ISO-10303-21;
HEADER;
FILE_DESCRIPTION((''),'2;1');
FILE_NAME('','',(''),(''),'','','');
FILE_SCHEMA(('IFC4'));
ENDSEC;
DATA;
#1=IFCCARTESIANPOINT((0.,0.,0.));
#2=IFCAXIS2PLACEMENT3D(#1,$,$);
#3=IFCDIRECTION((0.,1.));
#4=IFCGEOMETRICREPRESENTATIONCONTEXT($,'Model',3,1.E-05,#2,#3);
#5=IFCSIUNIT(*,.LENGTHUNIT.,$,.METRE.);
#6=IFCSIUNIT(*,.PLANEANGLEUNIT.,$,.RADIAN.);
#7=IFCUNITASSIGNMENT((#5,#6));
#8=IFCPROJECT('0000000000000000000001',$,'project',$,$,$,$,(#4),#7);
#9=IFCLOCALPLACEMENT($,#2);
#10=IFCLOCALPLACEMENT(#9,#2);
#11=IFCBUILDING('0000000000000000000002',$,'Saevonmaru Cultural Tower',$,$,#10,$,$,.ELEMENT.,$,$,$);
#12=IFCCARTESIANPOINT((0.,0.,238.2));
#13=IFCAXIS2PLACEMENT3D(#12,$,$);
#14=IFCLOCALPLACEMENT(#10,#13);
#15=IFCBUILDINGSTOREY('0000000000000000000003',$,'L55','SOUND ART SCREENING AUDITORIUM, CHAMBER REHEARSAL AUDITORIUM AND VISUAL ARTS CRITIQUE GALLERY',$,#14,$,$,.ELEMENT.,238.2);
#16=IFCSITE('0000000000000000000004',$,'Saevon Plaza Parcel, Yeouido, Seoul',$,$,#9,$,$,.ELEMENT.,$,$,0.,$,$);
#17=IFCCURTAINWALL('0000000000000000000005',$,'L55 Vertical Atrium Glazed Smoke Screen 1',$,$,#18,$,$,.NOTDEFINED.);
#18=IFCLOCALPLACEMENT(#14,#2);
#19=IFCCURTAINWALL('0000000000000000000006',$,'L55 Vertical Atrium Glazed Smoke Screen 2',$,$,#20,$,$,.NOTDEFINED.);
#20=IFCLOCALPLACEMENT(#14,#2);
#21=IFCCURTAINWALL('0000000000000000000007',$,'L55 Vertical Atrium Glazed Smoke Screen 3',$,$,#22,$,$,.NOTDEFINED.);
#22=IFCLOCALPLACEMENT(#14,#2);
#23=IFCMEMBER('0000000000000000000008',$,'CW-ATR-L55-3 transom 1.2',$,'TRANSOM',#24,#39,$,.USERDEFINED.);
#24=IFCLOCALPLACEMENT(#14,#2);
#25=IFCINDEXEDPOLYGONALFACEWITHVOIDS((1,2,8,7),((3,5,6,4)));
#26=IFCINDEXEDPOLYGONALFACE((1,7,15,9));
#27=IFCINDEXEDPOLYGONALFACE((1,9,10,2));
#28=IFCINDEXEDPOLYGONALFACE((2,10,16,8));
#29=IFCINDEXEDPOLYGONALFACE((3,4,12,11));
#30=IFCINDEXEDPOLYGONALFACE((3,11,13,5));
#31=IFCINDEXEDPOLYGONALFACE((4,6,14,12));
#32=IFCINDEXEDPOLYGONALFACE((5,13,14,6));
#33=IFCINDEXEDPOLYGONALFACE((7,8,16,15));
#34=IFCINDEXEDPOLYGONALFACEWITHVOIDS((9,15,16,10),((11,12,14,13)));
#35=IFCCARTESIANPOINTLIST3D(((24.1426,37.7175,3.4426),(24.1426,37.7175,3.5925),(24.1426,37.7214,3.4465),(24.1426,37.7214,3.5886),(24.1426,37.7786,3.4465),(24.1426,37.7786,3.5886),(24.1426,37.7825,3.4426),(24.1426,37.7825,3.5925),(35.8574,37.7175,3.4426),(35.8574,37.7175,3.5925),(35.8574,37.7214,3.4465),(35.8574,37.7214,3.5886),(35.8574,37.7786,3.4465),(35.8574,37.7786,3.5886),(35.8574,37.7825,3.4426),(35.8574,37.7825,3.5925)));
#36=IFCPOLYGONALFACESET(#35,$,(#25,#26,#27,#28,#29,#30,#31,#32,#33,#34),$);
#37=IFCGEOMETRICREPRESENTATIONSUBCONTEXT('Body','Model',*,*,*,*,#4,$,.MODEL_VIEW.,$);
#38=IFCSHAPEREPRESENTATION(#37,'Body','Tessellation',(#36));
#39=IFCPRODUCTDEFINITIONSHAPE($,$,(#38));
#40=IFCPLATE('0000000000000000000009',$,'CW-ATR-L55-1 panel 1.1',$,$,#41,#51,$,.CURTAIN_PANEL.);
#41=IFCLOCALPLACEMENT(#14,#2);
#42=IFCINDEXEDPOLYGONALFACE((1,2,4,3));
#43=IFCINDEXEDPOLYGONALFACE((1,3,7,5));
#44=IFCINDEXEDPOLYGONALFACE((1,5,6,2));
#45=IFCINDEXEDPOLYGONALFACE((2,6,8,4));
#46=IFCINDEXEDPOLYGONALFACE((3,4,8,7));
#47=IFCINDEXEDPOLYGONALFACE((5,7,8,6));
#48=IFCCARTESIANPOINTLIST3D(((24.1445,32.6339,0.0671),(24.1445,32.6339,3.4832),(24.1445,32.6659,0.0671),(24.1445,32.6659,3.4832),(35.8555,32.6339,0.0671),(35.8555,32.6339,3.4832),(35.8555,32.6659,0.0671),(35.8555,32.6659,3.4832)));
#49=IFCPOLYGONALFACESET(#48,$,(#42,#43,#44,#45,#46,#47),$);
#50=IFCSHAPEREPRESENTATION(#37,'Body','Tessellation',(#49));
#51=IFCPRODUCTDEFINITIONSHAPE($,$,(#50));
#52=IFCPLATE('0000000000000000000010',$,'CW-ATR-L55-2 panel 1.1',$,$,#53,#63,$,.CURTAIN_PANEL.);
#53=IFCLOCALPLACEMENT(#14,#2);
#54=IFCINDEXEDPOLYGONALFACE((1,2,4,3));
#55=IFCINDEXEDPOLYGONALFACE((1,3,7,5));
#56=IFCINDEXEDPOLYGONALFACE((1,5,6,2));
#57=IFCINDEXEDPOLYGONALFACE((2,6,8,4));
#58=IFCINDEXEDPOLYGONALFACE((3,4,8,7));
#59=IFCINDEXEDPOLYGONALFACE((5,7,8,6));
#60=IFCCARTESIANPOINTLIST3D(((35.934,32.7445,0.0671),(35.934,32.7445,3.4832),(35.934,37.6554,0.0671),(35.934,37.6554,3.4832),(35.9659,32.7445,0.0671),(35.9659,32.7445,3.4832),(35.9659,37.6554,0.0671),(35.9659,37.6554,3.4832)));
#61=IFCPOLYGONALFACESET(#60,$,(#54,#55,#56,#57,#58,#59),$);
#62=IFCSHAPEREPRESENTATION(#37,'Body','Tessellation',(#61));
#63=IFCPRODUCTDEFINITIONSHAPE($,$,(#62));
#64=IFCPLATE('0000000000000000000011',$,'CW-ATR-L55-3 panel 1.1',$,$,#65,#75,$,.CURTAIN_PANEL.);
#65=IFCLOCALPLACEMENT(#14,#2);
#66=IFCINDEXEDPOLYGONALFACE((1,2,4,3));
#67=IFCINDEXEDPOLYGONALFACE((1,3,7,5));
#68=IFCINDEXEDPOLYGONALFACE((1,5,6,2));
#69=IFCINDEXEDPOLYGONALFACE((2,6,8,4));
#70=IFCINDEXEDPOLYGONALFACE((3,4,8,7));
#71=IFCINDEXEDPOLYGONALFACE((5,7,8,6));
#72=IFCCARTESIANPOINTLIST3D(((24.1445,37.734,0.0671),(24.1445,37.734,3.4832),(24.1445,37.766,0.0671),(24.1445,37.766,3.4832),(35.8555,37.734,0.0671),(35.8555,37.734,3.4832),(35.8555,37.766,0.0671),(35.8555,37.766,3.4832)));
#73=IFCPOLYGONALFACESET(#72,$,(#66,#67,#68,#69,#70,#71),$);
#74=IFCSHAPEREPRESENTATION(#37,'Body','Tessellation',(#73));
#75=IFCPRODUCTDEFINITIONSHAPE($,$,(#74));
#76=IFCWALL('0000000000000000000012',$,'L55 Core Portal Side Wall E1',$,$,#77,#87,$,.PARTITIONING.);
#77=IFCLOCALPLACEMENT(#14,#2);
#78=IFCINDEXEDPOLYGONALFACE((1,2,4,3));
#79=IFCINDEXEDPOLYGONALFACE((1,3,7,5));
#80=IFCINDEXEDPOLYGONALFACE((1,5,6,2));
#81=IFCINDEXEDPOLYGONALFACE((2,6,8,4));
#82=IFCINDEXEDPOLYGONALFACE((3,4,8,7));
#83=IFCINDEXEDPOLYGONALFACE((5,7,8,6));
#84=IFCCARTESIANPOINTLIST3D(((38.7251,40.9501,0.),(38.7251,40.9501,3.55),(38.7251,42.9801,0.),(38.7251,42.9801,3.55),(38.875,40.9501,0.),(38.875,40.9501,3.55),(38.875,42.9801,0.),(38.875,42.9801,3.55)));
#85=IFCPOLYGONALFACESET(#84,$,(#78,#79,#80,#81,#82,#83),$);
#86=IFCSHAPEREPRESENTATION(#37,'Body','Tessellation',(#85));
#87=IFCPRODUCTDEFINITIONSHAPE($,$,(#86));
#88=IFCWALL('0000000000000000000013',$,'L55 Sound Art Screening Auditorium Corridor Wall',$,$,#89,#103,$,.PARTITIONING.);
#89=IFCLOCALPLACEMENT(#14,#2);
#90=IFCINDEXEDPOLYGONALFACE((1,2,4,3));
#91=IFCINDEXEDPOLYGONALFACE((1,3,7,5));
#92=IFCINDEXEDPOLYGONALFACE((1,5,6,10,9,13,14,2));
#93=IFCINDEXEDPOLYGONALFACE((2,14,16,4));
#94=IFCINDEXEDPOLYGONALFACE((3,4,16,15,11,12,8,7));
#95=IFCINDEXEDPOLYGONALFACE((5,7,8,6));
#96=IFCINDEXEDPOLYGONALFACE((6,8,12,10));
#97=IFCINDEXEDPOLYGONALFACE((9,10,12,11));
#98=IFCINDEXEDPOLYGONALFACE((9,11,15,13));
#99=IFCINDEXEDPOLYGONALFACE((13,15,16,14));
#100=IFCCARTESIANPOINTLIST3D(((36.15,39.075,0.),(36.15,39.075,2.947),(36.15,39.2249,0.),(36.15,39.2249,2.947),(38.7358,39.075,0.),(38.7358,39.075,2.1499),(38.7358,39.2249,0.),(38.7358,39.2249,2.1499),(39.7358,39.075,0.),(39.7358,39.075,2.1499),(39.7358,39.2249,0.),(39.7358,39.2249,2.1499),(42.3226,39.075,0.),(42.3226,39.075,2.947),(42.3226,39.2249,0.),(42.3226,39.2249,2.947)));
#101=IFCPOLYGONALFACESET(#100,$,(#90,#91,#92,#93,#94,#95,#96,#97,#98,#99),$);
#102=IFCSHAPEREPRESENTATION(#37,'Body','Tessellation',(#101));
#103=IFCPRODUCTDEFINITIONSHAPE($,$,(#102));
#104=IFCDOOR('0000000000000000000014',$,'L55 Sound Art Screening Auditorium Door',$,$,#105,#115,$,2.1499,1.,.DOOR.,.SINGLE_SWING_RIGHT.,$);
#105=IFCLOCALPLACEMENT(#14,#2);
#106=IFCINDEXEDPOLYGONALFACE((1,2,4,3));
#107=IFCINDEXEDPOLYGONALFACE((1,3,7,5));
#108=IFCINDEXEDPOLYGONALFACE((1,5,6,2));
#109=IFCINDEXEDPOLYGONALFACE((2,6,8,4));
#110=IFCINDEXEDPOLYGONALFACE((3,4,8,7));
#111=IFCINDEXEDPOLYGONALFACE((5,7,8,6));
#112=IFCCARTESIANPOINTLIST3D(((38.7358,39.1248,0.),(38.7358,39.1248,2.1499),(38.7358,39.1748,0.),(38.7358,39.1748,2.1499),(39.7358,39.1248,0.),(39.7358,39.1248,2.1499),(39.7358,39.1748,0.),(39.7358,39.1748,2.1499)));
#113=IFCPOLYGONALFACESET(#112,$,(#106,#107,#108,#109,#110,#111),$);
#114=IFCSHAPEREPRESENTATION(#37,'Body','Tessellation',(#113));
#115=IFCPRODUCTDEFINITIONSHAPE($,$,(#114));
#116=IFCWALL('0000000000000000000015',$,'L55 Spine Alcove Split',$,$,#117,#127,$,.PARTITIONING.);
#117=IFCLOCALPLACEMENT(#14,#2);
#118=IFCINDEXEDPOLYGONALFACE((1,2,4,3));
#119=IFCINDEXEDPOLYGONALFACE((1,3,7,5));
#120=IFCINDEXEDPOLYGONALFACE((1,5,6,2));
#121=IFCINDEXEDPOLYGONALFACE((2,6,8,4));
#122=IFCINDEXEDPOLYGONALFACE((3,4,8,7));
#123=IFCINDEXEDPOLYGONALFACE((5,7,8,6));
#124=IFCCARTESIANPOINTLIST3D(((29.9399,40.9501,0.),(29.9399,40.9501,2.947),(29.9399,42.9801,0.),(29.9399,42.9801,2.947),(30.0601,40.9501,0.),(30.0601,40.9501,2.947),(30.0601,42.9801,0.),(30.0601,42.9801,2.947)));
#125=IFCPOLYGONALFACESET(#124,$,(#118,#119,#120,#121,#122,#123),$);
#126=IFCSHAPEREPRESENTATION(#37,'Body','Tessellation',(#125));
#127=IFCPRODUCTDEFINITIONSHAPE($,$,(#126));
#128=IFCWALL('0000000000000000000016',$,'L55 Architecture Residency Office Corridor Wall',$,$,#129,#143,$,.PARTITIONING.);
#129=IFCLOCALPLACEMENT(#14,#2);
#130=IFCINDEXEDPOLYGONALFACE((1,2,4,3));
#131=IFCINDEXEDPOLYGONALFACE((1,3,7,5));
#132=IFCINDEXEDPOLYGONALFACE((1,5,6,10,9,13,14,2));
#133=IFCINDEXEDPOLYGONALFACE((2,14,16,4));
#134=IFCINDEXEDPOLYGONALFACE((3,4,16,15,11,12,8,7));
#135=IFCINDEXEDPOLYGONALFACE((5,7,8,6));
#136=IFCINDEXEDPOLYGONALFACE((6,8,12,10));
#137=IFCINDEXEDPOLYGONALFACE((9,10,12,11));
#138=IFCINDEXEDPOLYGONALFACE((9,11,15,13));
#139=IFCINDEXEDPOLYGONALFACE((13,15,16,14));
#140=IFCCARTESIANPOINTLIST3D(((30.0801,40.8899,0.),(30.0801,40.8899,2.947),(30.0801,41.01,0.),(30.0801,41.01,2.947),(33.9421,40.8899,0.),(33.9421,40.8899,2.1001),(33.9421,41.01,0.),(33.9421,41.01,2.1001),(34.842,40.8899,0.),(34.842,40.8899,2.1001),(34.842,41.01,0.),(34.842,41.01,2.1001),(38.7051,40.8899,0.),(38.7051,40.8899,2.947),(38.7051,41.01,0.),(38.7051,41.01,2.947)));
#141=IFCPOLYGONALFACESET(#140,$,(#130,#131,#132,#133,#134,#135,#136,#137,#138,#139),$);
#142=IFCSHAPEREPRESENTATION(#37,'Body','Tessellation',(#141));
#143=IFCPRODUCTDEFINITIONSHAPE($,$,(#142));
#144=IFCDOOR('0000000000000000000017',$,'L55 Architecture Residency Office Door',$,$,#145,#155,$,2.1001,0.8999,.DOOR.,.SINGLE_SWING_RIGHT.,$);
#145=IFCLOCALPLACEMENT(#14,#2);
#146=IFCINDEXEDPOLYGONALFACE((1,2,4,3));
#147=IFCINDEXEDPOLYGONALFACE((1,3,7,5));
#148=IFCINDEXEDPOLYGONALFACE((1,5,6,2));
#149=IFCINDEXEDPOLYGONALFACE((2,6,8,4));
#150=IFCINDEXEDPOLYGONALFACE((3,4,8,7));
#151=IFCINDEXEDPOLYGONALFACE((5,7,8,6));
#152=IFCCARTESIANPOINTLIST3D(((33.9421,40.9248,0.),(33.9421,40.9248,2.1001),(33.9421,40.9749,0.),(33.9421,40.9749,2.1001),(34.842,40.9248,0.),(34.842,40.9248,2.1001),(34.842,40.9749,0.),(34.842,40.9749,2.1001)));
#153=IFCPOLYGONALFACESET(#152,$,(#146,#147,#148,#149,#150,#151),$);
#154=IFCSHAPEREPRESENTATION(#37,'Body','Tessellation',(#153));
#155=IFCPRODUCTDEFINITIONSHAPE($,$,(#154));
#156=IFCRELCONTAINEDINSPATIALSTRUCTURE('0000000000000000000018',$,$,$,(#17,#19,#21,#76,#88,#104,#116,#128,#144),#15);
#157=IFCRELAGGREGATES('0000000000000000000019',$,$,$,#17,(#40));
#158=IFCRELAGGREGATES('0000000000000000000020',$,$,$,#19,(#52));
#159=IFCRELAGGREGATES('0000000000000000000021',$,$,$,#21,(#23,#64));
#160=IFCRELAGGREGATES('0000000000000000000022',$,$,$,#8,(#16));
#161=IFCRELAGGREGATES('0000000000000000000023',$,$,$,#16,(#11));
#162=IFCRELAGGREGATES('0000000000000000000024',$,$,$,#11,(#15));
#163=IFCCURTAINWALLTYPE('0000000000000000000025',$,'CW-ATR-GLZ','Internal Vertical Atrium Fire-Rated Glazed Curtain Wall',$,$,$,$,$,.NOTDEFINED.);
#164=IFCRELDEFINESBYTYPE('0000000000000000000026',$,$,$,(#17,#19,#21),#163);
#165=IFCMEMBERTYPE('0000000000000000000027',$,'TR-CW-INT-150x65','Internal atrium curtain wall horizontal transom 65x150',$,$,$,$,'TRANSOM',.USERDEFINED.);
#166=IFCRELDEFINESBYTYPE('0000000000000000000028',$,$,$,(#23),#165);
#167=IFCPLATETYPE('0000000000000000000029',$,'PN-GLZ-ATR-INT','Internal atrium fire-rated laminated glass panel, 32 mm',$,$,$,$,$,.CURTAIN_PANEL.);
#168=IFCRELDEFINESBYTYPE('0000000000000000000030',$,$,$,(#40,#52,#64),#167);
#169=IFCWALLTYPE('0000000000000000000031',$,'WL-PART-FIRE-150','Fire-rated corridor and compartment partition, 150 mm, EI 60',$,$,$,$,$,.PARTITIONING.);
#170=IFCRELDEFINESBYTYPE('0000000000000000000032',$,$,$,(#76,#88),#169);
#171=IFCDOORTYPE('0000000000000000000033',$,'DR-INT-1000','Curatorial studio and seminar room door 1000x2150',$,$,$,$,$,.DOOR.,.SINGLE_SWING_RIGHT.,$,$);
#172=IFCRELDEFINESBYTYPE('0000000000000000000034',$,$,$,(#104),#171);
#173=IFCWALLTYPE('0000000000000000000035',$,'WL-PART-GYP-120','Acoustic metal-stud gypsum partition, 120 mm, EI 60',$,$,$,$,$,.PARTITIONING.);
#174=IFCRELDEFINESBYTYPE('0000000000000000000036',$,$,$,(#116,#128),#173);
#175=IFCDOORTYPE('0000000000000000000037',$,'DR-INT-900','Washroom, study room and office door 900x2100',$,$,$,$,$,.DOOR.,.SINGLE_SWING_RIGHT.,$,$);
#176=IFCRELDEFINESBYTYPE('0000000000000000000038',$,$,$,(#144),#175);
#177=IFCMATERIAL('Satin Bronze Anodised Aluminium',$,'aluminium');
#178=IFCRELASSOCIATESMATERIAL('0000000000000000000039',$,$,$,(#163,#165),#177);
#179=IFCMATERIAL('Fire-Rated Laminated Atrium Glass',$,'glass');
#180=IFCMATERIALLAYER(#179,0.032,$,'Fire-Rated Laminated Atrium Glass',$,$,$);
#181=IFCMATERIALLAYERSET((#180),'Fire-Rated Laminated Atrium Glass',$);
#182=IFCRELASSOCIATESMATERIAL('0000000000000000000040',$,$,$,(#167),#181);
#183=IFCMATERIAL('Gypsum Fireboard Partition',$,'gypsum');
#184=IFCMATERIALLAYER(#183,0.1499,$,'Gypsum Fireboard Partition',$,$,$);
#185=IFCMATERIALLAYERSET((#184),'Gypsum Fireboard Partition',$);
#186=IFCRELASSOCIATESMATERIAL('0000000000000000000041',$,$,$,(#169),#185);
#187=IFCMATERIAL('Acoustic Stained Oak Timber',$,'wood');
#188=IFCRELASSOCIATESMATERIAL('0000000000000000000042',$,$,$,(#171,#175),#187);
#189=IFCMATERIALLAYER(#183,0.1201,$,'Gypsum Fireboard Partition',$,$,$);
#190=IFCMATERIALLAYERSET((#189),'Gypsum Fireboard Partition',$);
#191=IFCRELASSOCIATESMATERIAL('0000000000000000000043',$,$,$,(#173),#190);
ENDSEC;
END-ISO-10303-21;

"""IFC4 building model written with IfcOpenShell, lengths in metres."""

from ifc_helpers import new_model, si_unit, direction, frame, frame_2d, origin, origin_2d, place, context, subcontext, project, spatial, rectangle, hollow_rectangle, extrude, material, layer, layer_set, material_profile, profile_set, type_object, element, fill, aggregate, save


model = new_model("IFC4")

# Units and contexts
model_context = context("Model", 3, precision=1e-05, world=origin(), true_north=direction((0.0, 1.0)))
body_context = subcontext(model_context, "Body", "Model", "MODEL_VIEW")
ifc_project = project(units=[si_unit("LENGTHUNIT", "METRE"), si_unit("PLANEANGLEUNIT", "RADIAN")], contexts=[model_context])

# Site, building, storey
site_placement = place(None, origin())
site = spatial("IfcSite", under=ifc_project, at=site_placement, Name="Saevon Plaza Parcel, Yeouido, Seoul", CompositionType="ELEMENT", RefElevation=0.0)
building_placement = place(site_placement, origin())
building = spatial("IfcBuilding", under=site, at=building_placement, Name="Saevonmaru Cultural Tower", CompositionType="ELEMENT")
storey_placement = place(building_placement, frame((0.0, 0.0, 238.2)))
storey = spatial("IfcBuildingStorey", under=building, at=storey_placement, Name="L55", Description="SOUND ART SCREENING AUDITORIUM, CHAMBER REHEARSAL AUDITORIUM AND VISUAL ARTS CRITIQUE GALLERY", CompositionType="ELEMENT", Elevation=238.2)

# Curtain wall
ifc_material_1 = material(Name="Satin Bronze Anodised Aluminium", Category="aluminium")
curtain_wall_type = type_object("IfcCurtainWallType", Name="CW-ATR-GLZ", Description="Internal Vertical Atrium Fire-Rated Glazed Curtain Wall", PredefinedType="NOTDEFINED", material=ifc_material_1)
curtain_wall_1_placement = place(storey_placement, origin())
curtain_wall_1 = element("IfcCurtainWall", 1, at=curtain_wall_1_placement, inside=storey, type_object=curtain_wall_type, Name="L55 Vertical Atrium Glazed Smoke Screen 1", PredefinedType="NOTDEFINED")

# Curtain walls
curtain_wall_2_placement = place(storey_placement, origin())
curtain_wall_2 = element("IfcCurtainWall", 2, at=curtain_wall_2_placement, inside=storey, type_object=curtain_wall_type, Name="L55 Vertical Atrium Glazed Smoke Screen 2", PredefinedType="NOTDEFINED")
curtain_wall_3_placement = place(storey_placement, origin())
curtain_wall_3 = element("IfcCurtainWall", 3, at=curtain_wall_3_placement, inside=storey, type_object=curtain_wall_type, Name="L55 Vertical Atrium Glazed Smoke Screen 3", PredefinedType="NOTDEFINED")

# Member
ifc_material_profile_1 = material_profile(ifc_material_1, hollow_rectangle(XDim=0.0649, YDim=0.1499, WallThickness=0.0039, at=origin_2d()), Name="ALU-TRAN-150x65x4")
ifc_profile_set_1 = profile_set([ifc_material_profile_1], Name="Satin Bronze Anodised Aluminium")
member_type_1 = type_object("IfcMemberType", Name="TR-CW-INT-150x65", Description="Internal atrium curtain wall horizontal transom 65x150", ElementType="TRANSOM", PredefinedType="USERDEFINED", material=ifc_profile_set_1)
member_1_placement = place(storey_placement, frame((35.8574, 37.75, 3.5176), z_axis=(-1.0, 0.0, 0.0), x_axis=(0.0, -1.0, 0.0)))
member_1 = element("IfcMember", 4, at=member_1_placement, type_object=member_type_1, Name="CW-ATR-L55-3 transom 1.2", ObjectType="TRANSOM", PredefinedType="USERDEFINED", context=body_context, shape_type="SweptSolid", body=[
    extrude(hollow_rectangle(XDim=0.0649, YDim=0.1499, WallThickness=0.0039, at=origin_2d()), origin(), (0.0, 0.0, 1.0), 11.7148),
])

# Plates
ifc_material_2 = material(Name="Fire-Rated Laminated Atrium Glass", Category="glass")
ifc_layer_1 = layer(ifc_material_2, 0.032, Name="Fire-Rated Laminated Atrium Glass")
ifc_layer_set_1 = layer_set([ifc_layer_1], Name="Fire-Rated Laminated Atrium Glass")
plate_type = type_object("IfcPlateType", Name="PN-GLZ-ATR-INT", Description="Internal atrium fire-rated laminated glass panel, 32 mm", PredefinedType="CURTAIN_PANEL", material=ifc_layer_set_1)
plate_1_placement = place(storey_placement, frame((30.0, 32.6499, 0.0671), z_axis=(0.0, 0.0, 1.0), x_axis=(1.0, 0.0, 0.0)))
plate_1 = element("IfcPlate", 5, at=plate_1_placement, type_object=plate_type, Name="CW-ATR-L55-1 panel 1.1", PredefinedType="CURTAIN_PANEL", context=body_context, shape_type="SweptSolid", body=[
    extrude(rectangle(XDim=11.7109, YDim=0.032, at=origin_2d()), origin(), (0.0, 0.0, 1.0), 3.416),
])
aggregate(curtain_wall_1, [plate_1])
plate_2_placement = place(storey_placement, frame((35.95, 35.2, 0.0671), z_axis=(0.0, 0.0, 1.0), x_axis=(0.0, 1.0, 0.0)))
plate_2 = element("IfcPlate", 6, at=plate_2_placement, type_object=plate_type, Name="CW-ATR-L55-2 panel 1.1", PredefinedType="CURTAIN_PANEL", context=body_context, shape_type="SweptSolid", body=[
    extrude(rectangle(XDim=4.9109, YDim=0.032, at=origin_2d()), origin(), (0.0, 0.0, 1.0), 3.416),
])
aggregate(curtain_wall_2, [plate_2])
plate_3_placement = place(storey_placement, frame((30.0, 37.75, 0.0671), z_axis=(0.0, 0.0, 1.0), x_axis=(-1.0, 0.0, 0.0)))
plate_3 = element("IfcPlate", 7, at=plate_3_placement, type_object=plate_type, Name="CW-ATR-L55-3 panel 1.1", PredefinedType="CURTAIN_PANEL", context=body_context, shape_type="SweptSolid", body=[
    extrude(rectangle(XDim=11.7109, YDim=0.032, at=origin_2d()), origin(), (0.0, 0.0, 1.0), 3.416),
])
aggregate(curtain_wall_3, [member_1, plate_3])

# Wall
ifc_material_3 = material(Name="Gypsum Fireboard Partition", Category="gypsum")
ifc_layer_2 = layer(ifc_material_3, 0.1499, Name="Gypsum Fireboard Partition")
ifc_layer_set_2 = layer_set([ifc_layer_2], Name="Gypsum Fireboard Partition")
wall_type_1 = type_object("IfcWallType", Name="WL-PART-FIRE-150", Description="Fire-rated corridor and compartment partition, 150 mm, EI 60", PredefinedType="PARTITIONING", material=ifc_layer_set_2)
wall_1_placement = place(storey_placement, frame((38.8, 40.95, 0.0), z_axis=(0.0, 0.0, 1.0), x_axis=(0.0, 1.0, 0.0)))
element("IfcWall", 8, at=wall_1_placement, inside=storey, type_object=wall_type_1, Name="L55 Core Portal Side Wall E1", PredefinedType="PARTITIONING", context=body_context, shape_type="SweptSolid", body=[
    extrude(rectangle(XDim=2.03, YDim=0.1499, at=frame_2d((1.0151, 0.0))), origin(), (0.0, 0.0, 1.0), 3.55),
])

# Wall, opening, door
wall_2_placement = place(storey_placement, frame((36.1499, 39.1499, 0.0), z_axis=(0.0, 0.0, 1.0), x_axis=(1.0, 0.0, 0.0)))
wall_2 = element("IfcWall", 9, at=wall_2_placement, inside=storey, type_object=wall_type_1, Name="L55 Sound Art Screening Auditorium Corridor Wall", PredefinedType="PARTITIONING", context=body_context, shape_type="SweptSolid", body=[
    extrude(rectangle(XDim=6.1726, YDim=0.1499, at=frame_2d((3.0864, 0.0))), origin(), (0.0, 0.0, 1.0), 2.947),
])
opening_1_placement = place(wall_2_placement, frame((2.5859, 0.0, 0.0)))
opening_1 = element("IfcOpeningElement", 10, at=opening_1_placement, cuts=wall_2, PredefinedType="OPENING", context=body_context, shape_type="SweptSolid", body=[
    extrude(rectangle(XDim=1.0, YDim=2.1499, at=frame_2d((0.5, 1.075))), frame((0.0, 0.085, 0.0), z_axis=(0.0, -1.0, 0.0), x_axis=(1.0, 0.0, 0.0)), (0.0, 0.0, 1.0), 0.1699),
])
ifc_material_4 = material(Name="Acoustic Stained Oak Timber", Category="wood")
door_type_1 = type_object("IfcDoorType", Name="DR-INT-1000", Description="Curatorial studio and seminar room door 1000x2150", OperationType="SINGLE_SWING_RIGHT", PredefinedType="DOOR", material=ifc_material_4)
door_1_placement = place(opening_1_placement, origin())
door_1 = element("IfcDoor", 11, at=door_1_placement, inside=storey, type_object=door_type_1, Name="L55 Sound Art Screening Auditorium Door", OperationType="SINGLE_SWING_RIGHT", OverallHeight=2.1499, OverallWidth=1.0, PredefinedType="DOOR", context=body_context, shape_type="SweptSolid", body=[
    extrude(rectangle(XDim=1.0, YDim=2.1499, at=frame_2d((0.5, 1.075))), frame((0.0, 0.0249, 0.0), z_axis=(0.0, -1.0, 0.0), x_axis=(1.0, 0.0, 0.0)), (0.0, 0.0, 1.0), 0.05),
])
fill(opening_1, door_1)

# Wall
ifc_layer_3 = layer(ifc_material_3, 0.1201, Name="Gypsum Fireboard Partition")
ifc_layer_set_3 = layer_set([ifc_layer_3], Name="Gypsum Fireboard Partition")
wall_type_2 = type_object("IfcWallType", Name="WL-PART-GYP-120", Description="Acoustic metal-stud gypsum partition, 120 mm, EI 60", PredefinedType="PARTITIONING", material=ifc_layer_set_3)
wall_3_placement = place(storey_placement, frame((30.0, 40.95, 0.0), z_axis=(0.0, 0.0, 1.0), x_axis=(0.0, 1.0, 0.0)))
element("IfcWall", 12, at=wall_3_placement, inside=storey, type_object=wall_type_2, Name="L55 Spine Alcove Split", PredefinedType="PARTITIONING", context=body_context, shape_type="SweptSolid", body=[
    extrude(rectangle(XDim=2.03, YDim=0.1201, at=frame_2d((1.0151, 0.0))), origin(), (0.0, 0.0, 1.0), 2.947),
])

# Wall, opening, door
wall_4_placement = place(storey_placement, frame((30.0801, 40.95, 0.0), z_axis=(0.0, 0.0, 1.0), x_axis=(1.0, 0.0, 0.0)))
wall_4 = element("IfcWall", 13, at=wall_4_placement, inside=storey, type_object=wall_type_2, Name="L55 Architecture Residency Office Corridor Wall", PredefinedType="PARTITIONING", context=body_context, shape_type="SweptSolid", body=[
    extrude(rectangle(XDim=8.625, YDim=0.1201, at=frame_2d((4.3125, 0.0))), origin(), (0.0, 0.0, 1.0), 2.947),
])
opening_2_placement = place(wall_4_placement, frame((3.8621, 0.0, 0.0)))
opening_2 = element("IfcOpeningElement", 14, at=opening_2_placement, cuts=wall_4, PredefinedType="OPENING", context=body_context, shape_type="SweptSolid", body=[
    extrude(rectangle(XDim=0.8999, YDim=2.1001, at=frame_2d((0.45, 1.05))), frame((0.0, 0.0701, 0.0), z_axis=(0.0, -1.0, 0.0), x_axis=(1.0, 0.0, 0.0)), (0.0, 0.0, 1.0), 0.1401),
])
door_type_2 = type_object("IfcDoorType", Name="DR-INT-900", Description="Washroom, study room and office door 900x2100", OperationType="SINGLE_SWING_RIGHT", PredefinedType="DOOR", material=ifc_material_4)
door_2_placement = place(opening_2_placement, origin())
door_2 = element("IfcDoor", 15, at=door_2_placement, inside=storey, type_object=door_type_2, Name="L55 Architecture Residency Office Door", OperationType="SINGLE_SWING_RIGHT", OverallHeight=2.1001, OverallWidth=0.8999, PredefinedType="DOOR", context=body_context, shape_type="SweptSolid", body=[
    extrude(rectangle(XDim=0.8999, YDim=2.1001, at=frame_2d((0.45, 1.05))), frame((0.0, 0.0249, 0.0), z_axis=(0.0, -1.0, 0.0), x_axis=(1.0, 0.0, 0.0)), (0.0, 0.0, 1.0), 0.05),
])
fill(opening_2, door_2)

save(model, "model.ifc")
